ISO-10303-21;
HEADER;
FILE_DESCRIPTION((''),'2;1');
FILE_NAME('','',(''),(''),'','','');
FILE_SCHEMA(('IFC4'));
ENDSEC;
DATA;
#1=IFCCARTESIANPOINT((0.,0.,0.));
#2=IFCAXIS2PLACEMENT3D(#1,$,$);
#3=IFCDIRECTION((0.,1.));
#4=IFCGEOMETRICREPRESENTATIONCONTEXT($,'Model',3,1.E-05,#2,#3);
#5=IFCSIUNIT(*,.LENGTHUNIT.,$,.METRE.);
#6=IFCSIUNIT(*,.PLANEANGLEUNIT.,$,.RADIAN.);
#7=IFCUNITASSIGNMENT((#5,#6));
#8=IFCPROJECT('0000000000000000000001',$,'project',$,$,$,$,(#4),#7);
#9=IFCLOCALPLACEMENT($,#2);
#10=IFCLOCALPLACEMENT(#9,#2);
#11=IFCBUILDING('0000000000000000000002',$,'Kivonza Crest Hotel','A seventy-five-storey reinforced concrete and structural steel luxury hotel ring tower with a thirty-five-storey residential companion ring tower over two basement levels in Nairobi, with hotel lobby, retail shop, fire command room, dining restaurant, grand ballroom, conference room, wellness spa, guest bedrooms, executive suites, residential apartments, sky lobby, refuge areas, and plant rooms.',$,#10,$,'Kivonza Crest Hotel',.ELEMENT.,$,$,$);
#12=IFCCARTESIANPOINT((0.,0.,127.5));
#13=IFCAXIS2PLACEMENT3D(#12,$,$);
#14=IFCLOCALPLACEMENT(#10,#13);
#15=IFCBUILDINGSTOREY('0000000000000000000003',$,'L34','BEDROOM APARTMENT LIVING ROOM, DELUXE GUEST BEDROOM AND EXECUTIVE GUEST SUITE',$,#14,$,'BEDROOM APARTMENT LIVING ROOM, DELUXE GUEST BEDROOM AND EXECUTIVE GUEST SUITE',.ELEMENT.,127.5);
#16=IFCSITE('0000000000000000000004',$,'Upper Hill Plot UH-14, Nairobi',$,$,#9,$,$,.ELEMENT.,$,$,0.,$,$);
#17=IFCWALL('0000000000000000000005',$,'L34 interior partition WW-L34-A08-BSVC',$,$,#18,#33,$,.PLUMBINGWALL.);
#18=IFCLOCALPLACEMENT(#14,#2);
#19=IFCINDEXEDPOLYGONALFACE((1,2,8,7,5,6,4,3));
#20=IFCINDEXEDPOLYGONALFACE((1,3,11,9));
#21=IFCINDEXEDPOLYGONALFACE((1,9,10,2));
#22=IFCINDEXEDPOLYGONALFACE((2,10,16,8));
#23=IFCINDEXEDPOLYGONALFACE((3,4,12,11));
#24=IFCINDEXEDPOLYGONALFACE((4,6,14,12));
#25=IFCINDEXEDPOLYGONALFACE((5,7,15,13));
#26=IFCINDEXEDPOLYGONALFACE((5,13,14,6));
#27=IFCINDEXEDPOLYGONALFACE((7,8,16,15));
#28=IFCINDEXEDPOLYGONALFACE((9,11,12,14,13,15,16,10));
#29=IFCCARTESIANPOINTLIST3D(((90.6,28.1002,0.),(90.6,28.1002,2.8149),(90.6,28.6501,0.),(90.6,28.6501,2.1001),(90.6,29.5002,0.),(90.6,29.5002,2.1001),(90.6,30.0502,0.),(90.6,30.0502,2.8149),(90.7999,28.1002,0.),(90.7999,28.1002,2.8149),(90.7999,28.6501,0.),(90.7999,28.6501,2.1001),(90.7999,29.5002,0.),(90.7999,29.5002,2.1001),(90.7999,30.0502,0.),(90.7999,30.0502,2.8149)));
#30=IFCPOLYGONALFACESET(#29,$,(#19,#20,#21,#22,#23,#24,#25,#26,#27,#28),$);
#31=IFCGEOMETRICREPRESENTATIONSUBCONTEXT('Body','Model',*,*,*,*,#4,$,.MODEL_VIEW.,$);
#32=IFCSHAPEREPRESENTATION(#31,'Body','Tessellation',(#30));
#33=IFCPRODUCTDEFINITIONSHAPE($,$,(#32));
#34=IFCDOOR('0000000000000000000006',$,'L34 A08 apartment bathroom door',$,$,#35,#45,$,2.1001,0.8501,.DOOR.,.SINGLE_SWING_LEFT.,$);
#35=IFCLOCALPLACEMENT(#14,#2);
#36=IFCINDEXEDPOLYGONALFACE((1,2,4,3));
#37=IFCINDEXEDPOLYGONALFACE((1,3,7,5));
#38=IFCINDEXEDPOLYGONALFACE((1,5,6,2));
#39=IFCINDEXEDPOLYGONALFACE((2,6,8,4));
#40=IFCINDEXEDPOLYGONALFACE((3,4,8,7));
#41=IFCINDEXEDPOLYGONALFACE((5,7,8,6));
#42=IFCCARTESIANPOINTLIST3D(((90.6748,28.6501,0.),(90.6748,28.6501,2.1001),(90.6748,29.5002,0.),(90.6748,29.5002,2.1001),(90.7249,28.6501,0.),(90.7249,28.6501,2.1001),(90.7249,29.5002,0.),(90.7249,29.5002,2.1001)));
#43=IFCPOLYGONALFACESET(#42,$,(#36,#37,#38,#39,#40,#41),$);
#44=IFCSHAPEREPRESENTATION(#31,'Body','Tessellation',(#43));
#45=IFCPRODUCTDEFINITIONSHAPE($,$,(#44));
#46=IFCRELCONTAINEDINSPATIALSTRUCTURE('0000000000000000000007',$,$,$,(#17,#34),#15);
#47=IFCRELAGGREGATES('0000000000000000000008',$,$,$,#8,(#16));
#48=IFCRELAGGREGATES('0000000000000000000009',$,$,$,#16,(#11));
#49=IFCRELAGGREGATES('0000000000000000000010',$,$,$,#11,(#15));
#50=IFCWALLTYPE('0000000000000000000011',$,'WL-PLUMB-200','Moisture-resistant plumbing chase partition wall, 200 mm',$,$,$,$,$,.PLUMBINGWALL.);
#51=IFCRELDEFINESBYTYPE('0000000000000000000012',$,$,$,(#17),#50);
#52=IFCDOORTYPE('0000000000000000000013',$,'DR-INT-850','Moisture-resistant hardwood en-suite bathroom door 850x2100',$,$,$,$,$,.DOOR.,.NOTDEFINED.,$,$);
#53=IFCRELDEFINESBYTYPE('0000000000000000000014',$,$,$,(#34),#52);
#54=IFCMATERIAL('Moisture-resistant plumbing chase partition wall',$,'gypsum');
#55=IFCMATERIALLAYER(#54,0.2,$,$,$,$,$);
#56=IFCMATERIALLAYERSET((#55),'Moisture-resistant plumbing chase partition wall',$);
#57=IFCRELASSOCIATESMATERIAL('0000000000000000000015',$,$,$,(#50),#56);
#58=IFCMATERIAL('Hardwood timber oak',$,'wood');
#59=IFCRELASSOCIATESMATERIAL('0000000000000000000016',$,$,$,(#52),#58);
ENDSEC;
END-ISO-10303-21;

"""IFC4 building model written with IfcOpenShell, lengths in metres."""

from ifc_helpers import new_model, si_unit, direction, frame, frame_2d, origin, place, context, subcontext, project, spatial, rectangle, extrude, material, layer, layer_set, type_object, element, fill, save


model = new_model("IFC4")

# Units and contexts
model_context = context("Model", 3, precision=1e-05, world=origin(), true_north=direction((0.0, 1.0)))
body_context = subcontext(model_context, "Body", "Model", "MODEL_VIEW")
ifc_project = project(units=[si_unit("LENGTHUNIT", "METRE"), si_unit("PLANEANGLEUNIT", "RADIAN")], contexts=[model_context])

# Site, building, storey
site_placement = place(None, origin())
site = spatial("IfcSite", under=ifc_project, at=site_placement, Name="Upper Hill Plot UH-14, Nairobi", CompositionType="ELEMENT", RefElevation=0.0)
building_placement = place(site_placement, origin())
building = spatial("IfcBuilding", under=site, at=building_placement, Name="Kivonza Crest Hotel", Description="A seventy-five-storey reinforced concrete and structural steel luxury hotel ring tower with a thirty-five-storey residential companion ring tower over two basement levels in Nairobi, with hotel lobby, retail shop, fire command room, dining restaurant, grand ballroom, conference room, wellness spa, guest bedrooms, executive suites, residential apartments, sky lobby, refuge areas, and plant rooms.", LongName="Kivonza Crest Hotel", CompositionType="ELEMENT")
storey_placement = place(building_placement, frame((0.0, 0.0, 127.5)))
storey = spatial("IfcBuildingStorey", under=building, at=storey_placement, Name="L34", Description="BEDROOM APARTMENT LIVING ROOM, DELUXE GUEST BEDROOM AND EXECUTIVE GUEST SUITE", LongName="BEDROOM APARTMENT LIVING ROOM, DELUXE GUEST BEDROOM AND EXECUTIVE GUEST SUITE", CompositionType="ELEMENT", Elevation=127.5)

# Shared definitions
ifc_material_1 = material(Name="Hardwood timber oak", Category="wood")

# Shared definitions
ifc_material_2 = material(Name="Moisture-resistant plumbing chase partition wall", Category="gypsum")
ifc_layer_1 = layer(ifc_material_2, 0.2)
ifc_layer_set_1 = layer_set([ifc_layer_1], Name="Moisture-resistant plumbing chase partition wall")
wall_type_1 = type_object("IfcWallType", Name="WL-PLUMB-200", Description="Moisture-resistant plumbing chase partition wall, 200 mm", PredefinedType="PLUMBINGWALL", material=ifc_layer_set_1)

# Wall, opening, door
wall_1_placement = place(storey_placement, frame((90.7, 28.1001, 0.0), z_axis=(0.0, 0.0, 1.0), x_axis=(0.0, 1.0, 0.0)))
wall_1 = element("IfcWall", 1, at=wall_1_placement, inside=storey, type_object=wall_type_1, Name="L34 interior partition WW-L34-A08-BSVC", PredefinedType="PLUMBINGWALL", context=body_context, shape_type="SweptSolid", body=[
    extrude(rectangle(XDim=1.95, YDim=0.2, at=frame_2d((0.9751, 0.0))), origin(), (0.0, 0.0, 1.0), 2.8149),
])
opening_1_placement = place(wall_1_placement, frame((0.55, 0.0, 0.0)))
opening_1 = element("IfcOpeningElement", 2, at=opening_1_placement, cuts=wall_1, PredefinedType="OPENING", context=body_context, shape_type="SweptSolid", body=[
    extrude(rectangle(XDim=0.8501, YDim=2.1001, at=frame_2d((0.425, 1.05))), frame((0.0, 0.1099, 0.0), z_axis=(0.0, -1.0, 0.0), x_axis=(1.0, 0.0, 0.0)), (0.0, 0.0, 1.0), 0.22),
])
door_type_1 = type_object("IfcDoorType", Name="DR-INT-850", Description="Moisture-resistant hardwood en-suite bathroom door 850x2100", OperationType="NOTDEFINED", PredefinedType="DOOR", material=ifc_material_1)
door_1_placement = place(opening_1_placement, frame((0.8501, 0.0, 0.0), z_axis=(0.0, 0.0, 1.0), x_axis=(-1.0, 0.0, 0.0)))
door_1 = element("IfcDoor", 3, at=door_1_placement, inside=storey, type_object=door_type_1, Name="L34 A08 apartment bathroom door", OperationType="SINGLE_SWING_LEFT", OverallHeight=2.1001, OverallWidth=0.8501, PredefinedType="DOOR", context=body_context, shape_type="SweptSolid", body=[
    extrude(rectangle(XDim=0.8501, YDim=2.1001, at=frame_2d((0.425, 1.05))), frame((0.0, 0.0249, 0.0), z_axis=(0.0, -1.0, 0.0), x_axis=(1.0, 0.0, 0.0)), (0.0, 0.0, 1.0), 0.05),
])
fill(opening_1, door_1)

save(model, "model.ifc")
